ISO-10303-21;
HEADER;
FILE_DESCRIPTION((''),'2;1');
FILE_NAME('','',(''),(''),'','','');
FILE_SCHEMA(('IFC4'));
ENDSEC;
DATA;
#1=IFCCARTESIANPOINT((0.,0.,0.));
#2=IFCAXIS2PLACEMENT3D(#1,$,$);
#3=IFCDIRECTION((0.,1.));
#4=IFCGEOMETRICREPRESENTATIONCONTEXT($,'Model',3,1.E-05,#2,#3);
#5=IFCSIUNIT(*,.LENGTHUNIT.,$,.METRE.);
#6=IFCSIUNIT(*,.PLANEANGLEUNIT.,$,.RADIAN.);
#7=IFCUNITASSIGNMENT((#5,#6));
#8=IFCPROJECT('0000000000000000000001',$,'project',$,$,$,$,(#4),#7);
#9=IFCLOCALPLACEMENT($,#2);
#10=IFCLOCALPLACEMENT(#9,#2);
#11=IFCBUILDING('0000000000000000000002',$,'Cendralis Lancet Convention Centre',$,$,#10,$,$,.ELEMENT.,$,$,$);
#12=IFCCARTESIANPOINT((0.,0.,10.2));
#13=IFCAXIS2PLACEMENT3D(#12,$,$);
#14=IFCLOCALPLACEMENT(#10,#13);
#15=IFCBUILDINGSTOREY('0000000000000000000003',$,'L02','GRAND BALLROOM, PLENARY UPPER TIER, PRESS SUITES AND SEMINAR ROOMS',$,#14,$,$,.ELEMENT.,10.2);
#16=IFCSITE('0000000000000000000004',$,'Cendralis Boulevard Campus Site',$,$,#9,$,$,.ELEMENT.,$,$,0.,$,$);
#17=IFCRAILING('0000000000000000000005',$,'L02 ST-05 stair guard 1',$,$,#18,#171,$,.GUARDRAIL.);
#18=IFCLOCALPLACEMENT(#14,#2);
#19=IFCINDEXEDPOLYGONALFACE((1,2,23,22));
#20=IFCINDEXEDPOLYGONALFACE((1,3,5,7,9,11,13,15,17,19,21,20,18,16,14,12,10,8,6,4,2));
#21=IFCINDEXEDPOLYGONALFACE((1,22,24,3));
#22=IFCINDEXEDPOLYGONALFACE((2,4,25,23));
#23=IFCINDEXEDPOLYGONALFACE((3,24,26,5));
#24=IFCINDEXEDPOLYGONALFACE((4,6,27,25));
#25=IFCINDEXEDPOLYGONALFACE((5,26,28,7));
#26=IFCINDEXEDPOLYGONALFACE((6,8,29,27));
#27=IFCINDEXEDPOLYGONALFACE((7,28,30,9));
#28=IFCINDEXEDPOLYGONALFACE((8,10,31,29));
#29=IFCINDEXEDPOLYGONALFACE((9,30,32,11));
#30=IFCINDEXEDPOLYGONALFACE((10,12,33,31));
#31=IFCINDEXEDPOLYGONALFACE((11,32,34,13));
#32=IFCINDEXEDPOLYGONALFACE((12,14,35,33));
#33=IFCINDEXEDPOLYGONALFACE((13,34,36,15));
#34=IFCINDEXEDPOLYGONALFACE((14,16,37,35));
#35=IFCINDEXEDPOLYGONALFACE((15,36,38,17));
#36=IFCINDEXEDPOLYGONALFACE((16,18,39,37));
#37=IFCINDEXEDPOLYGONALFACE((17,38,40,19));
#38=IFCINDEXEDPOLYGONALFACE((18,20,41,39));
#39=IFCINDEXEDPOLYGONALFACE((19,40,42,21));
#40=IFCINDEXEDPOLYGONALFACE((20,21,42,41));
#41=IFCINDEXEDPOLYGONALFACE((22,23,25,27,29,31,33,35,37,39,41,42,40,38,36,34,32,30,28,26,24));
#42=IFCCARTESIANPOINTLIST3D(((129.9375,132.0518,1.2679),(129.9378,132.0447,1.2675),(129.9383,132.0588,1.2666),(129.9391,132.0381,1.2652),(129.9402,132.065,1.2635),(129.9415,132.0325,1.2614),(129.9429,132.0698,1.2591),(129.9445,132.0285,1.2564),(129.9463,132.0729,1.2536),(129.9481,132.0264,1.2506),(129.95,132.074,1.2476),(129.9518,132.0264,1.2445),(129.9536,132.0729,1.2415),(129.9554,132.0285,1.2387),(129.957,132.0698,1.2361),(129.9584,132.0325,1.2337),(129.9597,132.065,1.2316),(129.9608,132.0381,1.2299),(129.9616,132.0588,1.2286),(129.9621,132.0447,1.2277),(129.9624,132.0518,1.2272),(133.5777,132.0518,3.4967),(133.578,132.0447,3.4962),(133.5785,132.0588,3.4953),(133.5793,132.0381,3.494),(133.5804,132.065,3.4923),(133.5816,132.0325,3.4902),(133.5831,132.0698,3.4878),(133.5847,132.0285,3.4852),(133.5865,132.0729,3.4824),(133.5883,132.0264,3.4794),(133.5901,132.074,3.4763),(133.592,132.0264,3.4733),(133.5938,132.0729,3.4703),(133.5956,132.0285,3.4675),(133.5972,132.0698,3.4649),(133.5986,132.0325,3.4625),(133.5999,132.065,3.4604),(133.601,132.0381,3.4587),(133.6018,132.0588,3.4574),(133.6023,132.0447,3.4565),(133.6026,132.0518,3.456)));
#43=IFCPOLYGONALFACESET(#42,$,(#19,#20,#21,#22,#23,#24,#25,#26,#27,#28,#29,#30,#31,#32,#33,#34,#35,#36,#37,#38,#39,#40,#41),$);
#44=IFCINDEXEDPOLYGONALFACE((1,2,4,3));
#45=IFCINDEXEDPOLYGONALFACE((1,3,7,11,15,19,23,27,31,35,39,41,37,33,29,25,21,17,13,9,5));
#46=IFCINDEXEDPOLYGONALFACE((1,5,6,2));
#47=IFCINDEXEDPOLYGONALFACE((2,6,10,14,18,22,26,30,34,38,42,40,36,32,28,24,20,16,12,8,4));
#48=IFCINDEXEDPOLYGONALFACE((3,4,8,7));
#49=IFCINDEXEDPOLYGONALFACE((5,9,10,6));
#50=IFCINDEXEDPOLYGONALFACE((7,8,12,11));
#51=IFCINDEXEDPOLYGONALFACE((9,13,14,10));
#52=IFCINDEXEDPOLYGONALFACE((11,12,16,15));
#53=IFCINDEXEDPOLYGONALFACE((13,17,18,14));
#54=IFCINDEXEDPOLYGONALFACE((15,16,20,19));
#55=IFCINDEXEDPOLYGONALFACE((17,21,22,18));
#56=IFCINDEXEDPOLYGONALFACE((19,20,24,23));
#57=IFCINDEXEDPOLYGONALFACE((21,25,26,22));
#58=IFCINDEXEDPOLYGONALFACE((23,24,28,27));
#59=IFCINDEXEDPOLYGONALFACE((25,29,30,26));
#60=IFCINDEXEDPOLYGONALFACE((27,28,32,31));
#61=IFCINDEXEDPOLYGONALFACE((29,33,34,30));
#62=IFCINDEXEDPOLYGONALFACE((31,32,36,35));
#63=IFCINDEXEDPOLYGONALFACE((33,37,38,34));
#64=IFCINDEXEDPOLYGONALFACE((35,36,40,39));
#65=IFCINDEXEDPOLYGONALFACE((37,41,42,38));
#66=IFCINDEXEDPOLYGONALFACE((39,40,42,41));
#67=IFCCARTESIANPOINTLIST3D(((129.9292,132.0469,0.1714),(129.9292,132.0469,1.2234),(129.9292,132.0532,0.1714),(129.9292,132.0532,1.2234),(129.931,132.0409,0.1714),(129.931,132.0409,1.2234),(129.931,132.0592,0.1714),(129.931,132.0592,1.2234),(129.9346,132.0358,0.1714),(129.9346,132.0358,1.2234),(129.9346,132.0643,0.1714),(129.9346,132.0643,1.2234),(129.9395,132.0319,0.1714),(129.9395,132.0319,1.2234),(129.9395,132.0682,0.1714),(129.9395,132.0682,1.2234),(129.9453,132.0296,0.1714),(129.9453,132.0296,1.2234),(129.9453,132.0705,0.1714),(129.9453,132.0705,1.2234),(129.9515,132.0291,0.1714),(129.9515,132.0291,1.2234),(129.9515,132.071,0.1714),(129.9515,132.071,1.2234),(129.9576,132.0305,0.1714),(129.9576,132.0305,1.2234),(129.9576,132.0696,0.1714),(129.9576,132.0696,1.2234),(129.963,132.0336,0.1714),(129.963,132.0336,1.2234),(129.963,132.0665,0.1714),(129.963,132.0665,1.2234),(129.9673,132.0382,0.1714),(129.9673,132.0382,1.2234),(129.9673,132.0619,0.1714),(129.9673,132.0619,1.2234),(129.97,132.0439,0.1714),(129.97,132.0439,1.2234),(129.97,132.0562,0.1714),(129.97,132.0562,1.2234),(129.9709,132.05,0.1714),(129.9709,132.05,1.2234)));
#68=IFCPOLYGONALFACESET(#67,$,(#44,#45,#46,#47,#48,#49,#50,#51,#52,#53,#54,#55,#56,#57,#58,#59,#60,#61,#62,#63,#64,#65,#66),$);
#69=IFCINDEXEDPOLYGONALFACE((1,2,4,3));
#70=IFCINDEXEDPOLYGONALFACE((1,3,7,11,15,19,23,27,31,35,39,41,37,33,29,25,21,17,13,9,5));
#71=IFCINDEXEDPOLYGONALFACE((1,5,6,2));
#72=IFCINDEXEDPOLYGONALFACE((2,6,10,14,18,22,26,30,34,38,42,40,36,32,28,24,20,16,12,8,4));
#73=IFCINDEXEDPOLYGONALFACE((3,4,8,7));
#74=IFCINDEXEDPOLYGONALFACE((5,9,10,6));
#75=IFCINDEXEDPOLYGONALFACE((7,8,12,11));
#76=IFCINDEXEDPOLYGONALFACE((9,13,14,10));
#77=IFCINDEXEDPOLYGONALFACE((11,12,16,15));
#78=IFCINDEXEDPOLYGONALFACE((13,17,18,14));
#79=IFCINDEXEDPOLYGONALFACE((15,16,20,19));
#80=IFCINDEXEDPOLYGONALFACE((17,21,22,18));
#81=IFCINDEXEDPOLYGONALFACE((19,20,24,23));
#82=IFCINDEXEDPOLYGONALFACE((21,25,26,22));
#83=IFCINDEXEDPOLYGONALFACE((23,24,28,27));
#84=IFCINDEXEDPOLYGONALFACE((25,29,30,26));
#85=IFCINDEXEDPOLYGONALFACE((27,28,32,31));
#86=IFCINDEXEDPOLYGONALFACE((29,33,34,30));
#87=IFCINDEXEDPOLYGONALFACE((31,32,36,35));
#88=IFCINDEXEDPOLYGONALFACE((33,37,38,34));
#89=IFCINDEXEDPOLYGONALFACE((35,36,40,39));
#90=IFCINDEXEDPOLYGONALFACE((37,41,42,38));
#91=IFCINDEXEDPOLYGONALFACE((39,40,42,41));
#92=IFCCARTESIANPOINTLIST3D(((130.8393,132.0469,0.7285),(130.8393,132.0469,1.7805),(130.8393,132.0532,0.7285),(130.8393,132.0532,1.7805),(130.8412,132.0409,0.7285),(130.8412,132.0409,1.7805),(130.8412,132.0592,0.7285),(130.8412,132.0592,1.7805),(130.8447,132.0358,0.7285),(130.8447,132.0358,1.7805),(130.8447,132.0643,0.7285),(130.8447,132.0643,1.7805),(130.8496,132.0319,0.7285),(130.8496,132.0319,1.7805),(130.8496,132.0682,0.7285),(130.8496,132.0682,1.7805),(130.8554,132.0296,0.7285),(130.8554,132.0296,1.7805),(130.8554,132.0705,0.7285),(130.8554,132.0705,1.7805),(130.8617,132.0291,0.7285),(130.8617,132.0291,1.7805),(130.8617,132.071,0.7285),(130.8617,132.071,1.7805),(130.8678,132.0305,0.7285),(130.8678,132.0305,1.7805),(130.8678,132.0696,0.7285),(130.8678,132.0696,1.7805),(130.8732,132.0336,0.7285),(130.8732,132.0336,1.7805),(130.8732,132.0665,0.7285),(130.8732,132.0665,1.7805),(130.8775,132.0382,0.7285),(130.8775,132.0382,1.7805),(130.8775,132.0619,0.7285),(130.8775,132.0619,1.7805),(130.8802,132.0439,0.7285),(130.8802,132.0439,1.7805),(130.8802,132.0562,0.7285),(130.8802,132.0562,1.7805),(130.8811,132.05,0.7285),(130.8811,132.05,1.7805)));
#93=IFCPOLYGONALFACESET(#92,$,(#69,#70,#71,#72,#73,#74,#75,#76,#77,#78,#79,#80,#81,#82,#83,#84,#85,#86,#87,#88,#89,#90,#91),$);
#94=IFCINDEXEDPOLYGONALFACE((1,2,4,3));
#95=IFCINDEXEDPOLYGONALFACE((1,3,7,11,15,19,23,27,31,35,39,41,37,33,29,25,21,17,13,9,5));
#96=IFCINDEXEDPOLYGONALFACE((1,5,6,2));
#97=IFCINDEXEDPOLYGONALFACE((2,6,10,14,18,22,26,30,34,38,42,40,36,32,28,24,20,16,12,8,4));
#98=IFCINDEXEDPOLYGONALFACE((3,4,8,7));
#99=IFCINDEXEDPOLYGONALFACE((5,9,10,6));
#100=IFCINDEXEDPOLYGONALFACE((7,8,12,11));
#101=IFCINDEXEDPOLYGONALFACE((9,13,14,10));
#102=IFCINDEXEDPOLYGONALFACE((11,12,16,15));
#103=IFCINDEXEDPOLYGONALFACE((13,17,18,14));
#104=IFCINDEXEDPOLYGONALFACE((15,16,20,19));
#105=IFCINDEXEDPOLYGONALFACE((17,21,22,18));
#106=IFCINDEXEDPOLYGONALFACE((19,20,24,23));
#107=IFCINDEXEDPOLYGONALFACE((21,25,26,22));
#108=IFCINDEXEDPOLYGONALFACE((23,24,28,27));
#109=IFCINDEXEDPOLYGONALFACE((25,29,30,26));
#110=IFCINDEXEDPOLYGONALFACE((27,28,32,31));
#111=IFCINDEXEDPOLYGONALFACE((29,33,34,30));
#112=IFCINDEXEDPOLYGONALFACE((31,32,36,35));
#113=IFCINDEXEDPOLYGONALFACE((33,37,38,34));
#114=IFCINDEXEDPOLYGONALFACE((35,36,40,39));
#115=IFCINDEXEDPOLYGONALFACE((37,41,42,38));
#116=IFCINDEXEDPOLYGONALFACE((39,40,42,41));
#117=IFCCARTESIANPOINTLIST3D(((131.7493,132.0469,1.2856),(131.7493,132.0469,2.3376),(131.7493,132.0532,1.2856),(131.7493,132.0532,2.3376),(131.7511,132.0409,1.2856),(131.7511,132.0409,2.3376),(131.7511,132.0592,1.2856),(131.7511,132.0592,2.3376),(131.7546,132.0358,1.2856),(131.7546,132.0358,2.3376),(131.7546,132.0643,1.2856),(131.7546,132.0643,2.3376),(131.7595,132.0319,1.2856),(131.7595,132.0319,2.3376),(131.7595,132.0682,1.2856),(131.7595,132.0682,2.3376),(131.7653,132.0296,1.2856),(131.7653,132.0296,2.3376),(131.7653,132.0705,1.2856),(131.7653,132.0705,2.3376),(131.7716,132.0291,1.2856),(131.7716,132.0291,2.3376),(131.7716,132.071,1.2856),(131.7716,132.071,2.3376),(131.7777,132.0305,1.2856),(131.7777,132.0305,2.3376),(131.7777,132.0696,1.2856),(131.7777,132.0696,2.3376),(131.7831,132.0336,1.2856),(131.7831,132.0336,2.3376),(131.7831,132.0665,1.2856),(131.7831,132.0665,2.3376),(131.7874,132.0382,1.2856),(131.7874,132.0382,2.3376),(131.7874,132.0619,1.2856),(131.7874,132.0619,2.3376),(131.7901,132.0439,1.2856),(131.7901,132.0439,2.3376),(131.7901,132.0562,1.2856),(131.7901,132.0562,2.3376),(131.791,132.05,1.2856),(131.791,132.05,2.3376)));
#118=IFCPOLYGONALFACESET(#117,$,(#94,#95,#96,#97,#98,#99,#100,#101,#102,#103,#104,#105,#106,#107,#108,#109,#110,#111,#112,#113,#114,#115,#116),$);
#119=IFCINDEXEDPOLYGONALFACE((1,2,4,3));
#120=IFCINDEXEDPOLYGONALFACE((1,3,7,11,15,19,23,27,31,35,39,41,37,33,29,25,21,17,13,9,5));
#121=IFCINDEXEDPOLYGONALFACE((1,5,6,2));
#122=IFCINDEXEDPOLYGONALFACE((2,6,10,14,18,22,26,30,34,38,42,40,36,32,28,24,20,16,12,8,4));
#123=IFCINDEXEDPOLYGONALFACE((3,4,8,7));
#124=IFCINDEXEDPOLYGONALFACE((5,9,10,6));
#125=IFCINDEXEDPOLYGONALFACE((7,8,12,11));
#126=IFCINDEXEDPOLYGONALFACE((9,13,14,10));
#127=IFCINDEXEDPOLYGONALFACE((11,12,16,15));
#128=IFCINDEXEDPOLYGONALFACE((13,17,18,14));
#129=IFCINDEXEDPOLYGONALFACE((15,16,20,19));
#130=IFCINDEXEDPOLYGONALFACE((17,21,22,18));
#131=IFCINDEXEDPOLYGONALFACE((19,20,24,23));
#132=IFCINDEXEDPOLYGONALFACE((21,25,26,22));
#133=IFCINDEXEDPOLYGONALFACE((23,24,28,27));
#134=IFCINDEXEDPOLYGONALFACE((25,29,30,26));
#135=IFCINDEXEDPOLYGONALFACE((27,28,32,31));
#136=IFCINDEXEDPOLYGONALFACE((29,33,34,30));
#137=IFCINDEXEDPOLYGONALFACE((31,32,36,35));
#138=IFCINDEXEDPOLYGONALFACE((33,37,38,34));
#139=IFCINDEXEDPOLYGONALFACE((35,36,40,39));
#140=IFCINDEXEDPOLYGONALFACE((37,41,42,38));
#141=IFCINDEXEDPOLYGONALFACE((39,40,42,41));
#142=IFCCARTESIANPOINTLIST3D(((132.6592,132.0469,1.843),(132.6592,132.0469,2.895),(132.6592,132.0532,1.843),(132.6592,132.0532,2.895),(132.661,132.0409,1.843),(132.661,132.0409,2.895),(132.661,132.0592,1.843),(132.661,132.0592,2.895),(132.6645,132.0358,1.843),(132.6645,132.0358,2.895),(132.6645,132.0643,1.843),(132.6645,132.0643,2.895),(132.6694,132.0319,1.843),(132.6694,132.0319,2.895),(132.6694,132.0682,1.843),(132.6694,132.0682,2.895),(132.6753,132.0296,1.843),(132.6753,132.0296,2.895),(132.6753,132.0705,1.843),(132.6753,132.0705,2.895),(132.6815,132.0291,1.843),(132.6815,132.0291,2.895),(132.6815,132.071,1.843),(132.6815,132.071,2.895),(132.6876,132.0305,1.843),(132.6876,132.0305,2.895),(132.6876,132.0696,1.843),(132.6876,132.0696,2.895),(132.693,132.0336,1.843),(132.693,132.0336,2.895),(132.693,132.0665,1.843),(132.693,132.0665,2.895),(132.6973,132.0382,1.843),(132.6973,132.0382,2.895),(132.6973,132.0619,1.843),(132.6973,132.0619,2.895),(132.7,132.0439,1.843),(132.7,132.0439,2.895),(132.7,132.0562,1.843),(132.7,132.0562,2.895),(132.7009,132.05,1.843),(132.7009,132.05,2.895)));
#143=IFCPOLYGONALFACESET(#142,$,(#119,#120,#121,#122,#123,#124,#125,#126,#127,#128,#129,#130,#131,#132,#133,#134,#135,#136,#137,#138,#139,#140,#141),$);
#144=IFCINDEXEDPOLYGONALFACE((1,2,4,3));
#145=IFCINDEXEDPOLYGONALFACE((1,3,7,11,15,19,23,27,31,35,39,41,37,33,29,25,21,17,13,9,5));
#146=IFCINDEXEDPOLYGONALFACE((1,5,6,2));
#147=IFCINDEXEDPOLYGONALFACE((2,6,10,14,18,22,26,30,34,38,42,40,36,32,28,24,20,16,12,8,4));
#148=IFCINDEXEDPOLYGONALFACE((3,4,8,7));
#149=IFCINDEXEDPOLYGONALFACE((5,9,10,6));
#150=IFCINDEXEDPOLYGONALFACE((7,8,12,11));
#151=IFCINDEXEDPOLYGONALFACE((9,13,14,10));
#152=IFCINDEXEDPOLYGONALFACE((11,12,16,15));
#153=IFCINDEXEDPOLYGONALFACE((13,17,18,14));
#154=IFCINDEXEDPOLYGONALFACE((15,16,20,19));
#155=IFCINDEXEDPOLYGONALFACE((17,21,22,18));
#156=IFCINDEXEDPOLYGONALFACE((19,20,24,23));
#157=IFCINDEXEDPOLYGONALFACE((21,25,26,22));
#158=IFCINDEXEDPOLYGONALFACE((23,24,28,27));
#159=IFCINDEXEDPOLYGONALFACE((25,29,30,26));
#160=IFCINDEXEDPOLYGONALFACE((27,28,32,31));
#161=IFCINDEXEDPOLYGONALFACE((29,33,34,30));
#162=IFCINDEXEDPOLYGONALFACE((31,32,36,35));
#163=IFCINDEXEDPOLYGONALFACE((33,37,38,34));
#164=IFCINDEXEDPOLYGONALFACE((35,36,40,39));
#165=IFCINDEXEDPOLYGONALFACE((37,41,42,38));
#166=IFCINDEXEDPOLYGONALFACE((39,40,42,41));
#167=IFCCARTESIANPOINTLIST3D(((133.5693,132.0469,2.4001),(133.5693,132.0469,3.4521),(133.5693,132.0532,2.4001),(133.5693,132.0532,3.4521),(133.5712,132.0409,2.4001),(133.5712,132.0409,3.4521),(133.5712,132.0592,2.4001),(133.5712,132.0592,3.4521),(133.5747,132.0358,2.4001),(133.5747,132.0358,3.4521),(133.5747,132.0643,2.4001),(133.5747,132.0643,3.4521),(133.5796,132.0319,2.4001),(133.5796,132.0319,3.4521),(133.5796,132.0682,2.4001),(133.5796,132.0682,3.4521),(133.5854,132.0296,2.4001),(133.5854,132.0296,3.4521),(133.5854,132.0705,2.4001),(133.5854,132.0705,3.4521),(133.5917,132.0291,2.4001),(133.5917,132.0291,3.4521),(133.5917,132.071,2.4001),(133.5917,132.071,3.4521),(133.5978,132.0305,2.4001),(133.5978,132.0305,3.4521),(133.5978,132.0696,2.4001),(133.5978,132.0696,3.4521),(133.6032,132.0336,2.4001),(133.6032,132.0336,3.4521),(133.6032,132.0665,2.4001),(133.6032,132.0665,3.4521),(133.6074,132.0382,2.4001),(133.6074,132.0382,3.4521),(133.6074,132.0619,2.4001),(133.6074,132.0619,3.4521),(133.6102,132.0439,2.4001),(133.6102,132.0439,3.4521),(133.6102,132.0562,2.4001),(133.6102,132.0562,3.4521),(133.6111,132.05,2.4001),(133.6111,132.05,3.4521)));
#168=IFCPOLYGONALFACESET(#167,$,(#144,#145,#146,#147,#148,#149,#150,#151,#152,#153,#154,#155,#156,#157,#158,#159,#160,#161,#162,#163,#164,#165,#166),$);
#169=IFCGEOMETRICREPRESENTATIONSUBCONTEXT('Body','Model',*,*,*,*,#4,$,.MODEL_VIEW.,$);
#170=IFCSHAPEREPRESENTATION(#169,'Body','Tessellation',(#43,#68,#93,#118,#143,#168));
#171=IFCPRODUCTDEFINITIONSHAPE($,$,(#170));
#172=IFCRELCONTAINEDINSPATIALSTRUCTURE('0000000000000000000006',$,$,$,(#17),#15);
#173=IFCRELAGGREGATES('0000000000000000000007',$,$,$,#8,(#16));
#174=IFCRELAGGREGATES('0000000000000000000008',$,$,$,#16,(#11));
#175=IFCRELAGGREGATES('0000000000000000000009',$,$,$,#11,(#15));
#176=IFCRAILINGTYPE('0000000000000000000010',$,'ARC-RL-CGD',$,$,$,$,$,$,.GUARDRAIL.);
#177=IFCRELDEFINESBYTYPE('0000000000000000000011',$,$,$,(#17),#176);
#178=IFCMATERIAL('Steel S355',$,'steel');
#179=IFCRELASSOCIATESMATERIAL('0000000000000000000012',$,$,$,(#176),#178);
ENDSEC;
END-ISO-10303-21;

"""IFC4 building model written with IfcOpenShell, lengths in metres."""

from ifc_helpers import new_model, si_unit, direction, frame, origin, origin_2d, place, context, subcontext, project, spatial, circle, extrude, material, type_object, element, save


model = new_model("IFC4")

# Units and contexts
model_context = context("Model", 3, precision=1e-05, world=origin(), true_north=direction((0.0, 1.0)))
body_context = subcontext(model_context, "Body", "Model", "MODEL_VIEW")
ifc_project = project(units=[si_unit("LENGTHUNIT", "METRE"), si_unit("PLANEANGLEUNIT", "RADIAN")], contexts=[model_context])

# Site, building, storey
site_placement = place(None, origin())
site = spatial("IfcSite", under=ifc_project, at=site_placement, Name="Cendralis Boulevard Campus Site", CompositionType="ELEMENT", RefElevation=0.0)
building_placement = place(site_placement, origin())
building = spatial("IfcBuilding", under=site, at=building_placement, Name="Cendralis Lancet Convention Centre", CompositionType="ELEMENT")
storey_placement = place(building_placement, frame((0.0, 0.0, 10.2)))
storey = spatial("IfcBuildingStorey", under=building, at=storey_placement, Name="L02", Description="GRAND BALLROOM, PLENARY UPPER TIER, PRESS SUITES AND SEMINAR ROOMS", CompositionType="ELEMENT", Elevation=10.2)

# Shared definitions
ifc_material_1 = material(Name="Steel S355", Category="steel")

# Railing
railing_type_1 = type_object("IfcRailingType", Name="ARC-RL-CGD", PredefinedType="GUARDRAIL", material=ifc_material_1)
railing_1_placement = place(storey_placement, frame((129.95, 132.05, 0.1714)))
element("IfcRailing", 1, at=railing_1_placement, inside=storey, type_object=railing_type_1, Name="L02 ST-05 stair guard 1", PredefinedType="GUARDRAIL", context=body_context, shape_type="SweptSolid", body=[
    extrude(circle(Radius=0.0239, at=origin_2d()), frame((0.0, 0.0, 1.0762), z_axis=(0.85284, 0.0, 0.522172), x_axis=(0.0, 1.0, 0.0)), (0.0, 0.0, 1.0), 4.2683),
    extrude(circle(Radius=0.021, at=origin_2d()), origin(), (0.0, 0.0, 1.0), 1.052),
    extrude(circle(Radius=0.021, at=origin_2d()), frame((0.9102, 0.0, 0.5571)), (0.0, 0.0, 1.0), 1.052),
    extrude(circle(Radius=0.021, at=origin_2d()), frame((1.8201, 0.0, 1.1143)), (0.0, 0.0, 1.0), 1.052),
    extrude(circle(Radius=0.021, at=origin_2d()), frame((2.73, 0.0, 1.6716)), (0.0, 0.0, 1.0), 1.052),
    extrude(circle(Radius=0.021, at=origin_2d()), frame((3.6401, 0.0, 2.2288)), (0.0, 0.0, 1.0), 1.052),
])

save(model, "model.ifc")
